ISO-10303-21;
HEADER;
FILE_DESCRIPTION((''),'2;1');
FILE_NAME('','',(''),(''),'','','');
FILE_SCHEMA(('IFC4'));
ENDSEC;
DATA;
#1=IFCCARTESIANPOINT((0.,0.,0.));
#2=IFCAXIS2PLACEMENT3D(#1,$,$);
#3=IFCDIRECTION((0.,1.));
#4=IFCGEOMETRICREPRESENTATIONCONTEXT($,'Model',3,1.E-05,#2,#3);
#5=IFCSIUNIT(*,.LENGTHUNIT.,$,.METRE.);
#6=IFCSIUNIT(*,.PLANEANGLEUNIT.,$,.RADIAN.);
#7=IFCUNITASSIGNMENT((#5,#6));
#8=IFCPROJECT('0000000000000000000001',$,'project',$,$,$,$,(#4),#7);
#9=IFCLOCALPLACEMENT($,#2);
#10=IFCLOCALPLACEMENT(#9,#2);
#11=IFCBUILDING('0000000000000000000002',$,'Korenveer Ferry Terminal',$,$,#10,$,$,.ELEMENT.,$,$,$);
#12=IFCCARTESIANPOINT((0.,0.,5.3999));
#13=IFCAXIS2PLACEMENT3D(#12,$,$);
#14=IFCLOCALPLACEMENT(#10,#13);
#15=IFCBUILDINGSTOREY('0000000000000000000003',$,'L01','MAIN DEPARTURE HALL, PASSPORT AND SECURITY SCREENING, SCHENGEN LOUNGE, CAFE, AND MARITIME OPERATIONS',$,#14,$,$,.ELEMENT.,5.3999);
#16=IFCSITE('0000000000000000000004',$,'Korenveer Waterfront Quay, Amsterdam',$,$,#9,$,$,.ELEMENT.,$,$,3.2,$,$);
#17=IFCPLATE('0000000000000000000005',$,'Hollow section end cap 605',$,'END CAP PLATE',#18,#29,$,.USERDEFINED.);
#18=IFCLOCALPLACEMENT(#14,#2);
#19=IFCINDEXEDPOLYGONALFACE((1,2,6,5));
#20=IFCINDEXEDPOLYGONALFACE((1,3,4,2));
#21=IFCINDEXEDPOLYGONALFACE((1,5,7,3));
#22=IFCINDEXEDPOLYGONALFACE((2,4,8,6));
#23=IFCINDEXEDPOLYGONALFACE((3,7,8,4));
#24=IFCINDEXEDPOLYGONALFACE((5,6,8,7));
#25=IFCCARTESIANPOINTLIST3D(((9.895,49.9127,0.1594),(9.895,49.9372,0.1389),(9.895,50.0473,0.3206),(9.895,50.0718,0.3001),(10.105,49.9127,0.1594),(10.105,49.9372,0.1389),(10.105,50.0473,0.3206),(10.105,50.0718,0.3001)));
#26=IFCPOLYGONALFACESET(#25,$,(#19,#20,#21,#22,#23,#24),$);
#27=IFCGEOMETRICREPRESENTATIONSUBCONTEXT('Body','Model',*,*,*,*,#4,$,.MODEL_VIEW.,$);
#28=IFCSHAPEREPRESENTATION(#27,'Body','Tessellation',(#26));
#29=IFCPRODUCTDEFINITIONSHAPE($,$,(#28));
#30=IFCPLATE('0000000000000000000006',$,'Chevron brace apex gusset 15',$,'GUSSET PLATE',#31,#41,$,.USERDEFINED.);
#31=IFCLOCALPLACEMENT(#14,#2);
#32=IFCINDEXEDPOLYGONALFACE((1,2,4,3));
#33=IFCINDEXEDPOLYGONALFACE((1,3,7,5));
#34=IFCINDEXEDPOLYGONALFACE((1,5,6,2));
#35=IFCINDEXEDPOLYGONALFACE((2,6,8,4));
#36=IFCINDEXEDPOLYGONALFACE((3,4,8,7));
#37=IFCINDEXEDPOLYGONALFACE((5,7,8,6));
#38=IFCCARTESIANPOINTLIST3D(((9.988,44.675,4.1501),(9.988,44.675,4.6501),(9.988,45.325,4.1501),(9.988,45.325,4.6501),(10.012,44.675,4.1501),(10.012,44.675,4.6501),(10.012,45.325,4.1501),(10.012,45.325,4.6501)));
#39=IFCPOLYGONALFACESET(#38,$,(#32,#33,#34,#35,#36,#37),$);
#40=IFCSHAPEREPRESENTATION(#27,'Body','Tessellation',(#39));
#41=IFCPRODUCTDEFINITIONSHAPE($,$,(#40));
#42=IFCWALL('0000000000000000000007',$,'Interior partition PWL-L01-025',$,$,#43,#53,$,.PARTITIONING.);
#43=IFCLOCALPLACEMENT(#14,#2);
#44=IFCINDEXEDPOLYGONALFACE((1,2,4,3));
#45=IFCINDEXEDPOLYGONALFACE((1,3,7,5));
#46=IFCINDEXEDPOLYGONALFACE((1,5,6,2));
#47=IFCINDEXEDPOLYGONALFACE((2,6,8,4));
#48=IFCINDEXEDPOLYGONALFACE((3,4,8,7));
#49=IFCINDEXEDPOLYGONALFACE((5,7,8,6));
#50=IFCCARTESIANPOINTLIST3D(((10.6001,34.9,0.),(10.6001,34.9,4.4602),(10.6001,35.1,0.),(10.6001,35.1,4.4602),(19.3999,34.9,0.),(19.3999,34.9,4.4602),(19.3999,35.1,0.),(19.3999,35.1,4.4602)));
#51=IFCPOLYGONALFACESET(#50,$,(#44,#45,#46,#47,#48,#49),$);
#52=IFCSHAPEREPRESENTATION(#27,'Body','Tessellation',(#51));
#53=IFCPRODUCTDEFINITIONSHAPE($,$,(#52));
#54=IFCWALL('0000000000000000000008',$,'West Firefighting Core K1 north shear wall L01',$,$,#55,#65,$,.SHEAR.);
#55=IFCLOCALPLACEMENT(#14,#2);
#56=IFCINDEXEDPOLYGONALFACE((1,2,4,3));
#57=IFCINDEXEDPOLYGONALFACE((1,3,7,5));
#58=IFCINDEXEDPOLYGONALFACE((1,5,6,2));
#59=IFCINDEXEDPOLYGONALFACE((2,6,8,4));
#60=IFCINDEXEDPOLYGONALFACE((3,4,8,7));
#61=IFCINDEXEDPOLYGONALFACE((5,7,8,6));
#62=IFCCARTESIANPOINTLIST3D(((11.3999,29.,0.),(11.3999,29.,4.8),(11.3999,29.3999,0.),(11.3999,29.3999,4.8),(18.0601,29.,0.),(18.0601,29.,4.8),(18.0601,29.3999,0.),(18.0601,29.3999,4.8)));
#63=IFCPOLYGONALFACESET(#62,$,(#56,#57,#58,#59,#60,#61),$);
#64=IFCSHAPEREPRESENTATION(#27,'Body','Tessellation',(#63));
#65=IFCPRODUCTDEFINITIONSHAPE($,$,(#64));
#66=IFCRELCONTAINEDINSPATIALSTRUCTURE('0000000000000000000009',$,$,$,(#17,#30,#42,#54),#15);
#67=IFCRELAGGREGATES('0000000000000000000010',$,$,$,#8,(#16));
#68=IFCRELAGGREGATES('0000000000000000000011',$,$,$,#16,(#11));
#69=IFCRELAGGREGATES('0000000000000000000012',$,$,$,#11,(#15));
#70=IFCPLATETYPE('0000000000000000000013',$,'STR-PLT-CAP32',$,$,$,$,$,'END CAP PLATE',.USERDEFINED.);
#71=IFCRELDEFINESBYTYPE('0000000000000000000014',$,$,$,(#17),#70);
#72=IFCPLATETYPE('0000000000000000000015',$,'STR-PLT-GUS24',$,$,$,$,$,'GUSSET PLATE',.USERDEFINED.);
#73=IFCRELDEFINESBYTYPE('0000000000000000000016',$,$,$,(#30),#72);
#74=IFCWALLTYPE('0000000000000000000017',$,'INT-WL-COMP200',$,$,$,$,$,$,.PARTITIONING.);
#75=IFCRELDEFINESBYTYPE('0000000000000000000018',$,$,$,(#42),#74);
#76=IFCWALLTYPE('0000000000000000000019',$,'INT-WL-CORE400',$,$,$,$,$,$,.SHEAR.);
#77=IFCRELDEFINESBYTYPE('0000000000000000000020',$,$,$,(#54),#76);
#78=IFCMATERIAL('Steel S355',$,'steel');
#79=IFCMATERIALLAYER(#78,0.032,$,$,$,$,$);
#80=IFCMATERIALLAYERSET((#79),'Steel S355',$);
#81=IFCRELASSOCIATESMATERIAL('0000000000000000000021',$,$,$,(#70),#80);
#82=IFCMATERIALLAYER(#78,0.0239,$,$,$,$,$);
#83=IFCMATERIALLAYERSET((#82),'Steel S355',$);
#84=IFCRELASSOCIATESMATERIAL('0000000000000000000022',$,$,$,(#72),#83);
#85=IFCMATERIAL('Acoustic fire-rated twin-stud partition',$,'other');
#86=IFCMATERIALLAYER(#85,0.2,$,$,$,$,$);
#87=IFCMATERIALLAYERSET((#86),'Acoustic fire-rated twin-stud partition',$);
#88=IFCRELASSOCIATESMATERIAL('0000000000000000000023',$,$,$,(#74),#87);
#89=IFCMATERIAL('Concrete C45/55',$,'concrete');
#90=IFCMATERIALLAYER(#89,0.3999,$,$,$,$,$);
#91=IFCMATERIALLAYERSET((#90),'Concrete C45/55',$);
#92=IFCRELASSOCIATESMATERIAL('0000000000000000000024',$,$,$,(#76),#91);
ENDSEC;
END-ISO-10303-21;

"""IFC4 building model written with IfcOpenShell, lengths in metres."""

from ifc_helpers import new_model, si_unit, direction, frame, frame_2d, origin, origin_2d, place, context, subcontext, project, spatial, rectangle, extrude, material, layer, layer_set, type_object, element, save


model = new_model("IFC4")

# Units and contexts
model_context = context("Model", 3, precision=1e-05, world=origin(), true_north=direction((0.0, 1.0)))
body_context = subcontext(model_context, "Body", "Model", "MODEL_VIEW")
ifc_project = project(units=[si_unit("LENGTHUNIT", "METRE"), si_unit("PLANEANGLEUNIT", "RADIAN")], contexts=[model_context])

# Site, building, storey
site_placement = place(None, origin())
site = spatial("IfcSite", under=ifc_project, at=site_placement, Name="Korenveer Waterfront Quay, Amsterdam", CompositionType="ELEMENT", RefElevation=3.2)
building_placement = place(site_placement, origin())
building = spatial("IfcBuilding", under=site, at=building_placement, Name="Korenveer Ferry Terminal", CompositionType="ELEMENT")
storey_placement = place(building_placement, frame((0.0, 0.0, 5.3999)))
storey = spatial("IfcBuildingStorey", under=building, at=storey_placement, Name="L01", Description="MAIN DEPARTURE HALL, PASSPORT AND SECURITY SCREENING, SCHENGEN LOUNGE, CAFE, AND MARITIME OPERATIONS", CompositionType="ELEMENT", Elevation=5.3999)

# Shared definitions
ifc_material_1 = material(Name="Concrete C45/55", Category="concrete")

# Shared definitions
ifc_material_2 = material(Name="Steel S355", Category="steel")

# Plates
ifc_layer_1 = layer(ifc_material_2, 0.032)
ifc_layer_set_1 = layer_set([ifc_layer_1], Name="Steel S355")
plate_type_1 = type_object("IfcPlateType", Name="STR-PLT-CAP32", ElementType="END CAP PLATE", PredefinedType="USERDEFINED", material=ifc_layer_set_1)
for number, where, z_axis, x_axis, name in (
    (1, (10.0, 49.98, 0.24), (0.0, 0.767463, -0.641093), (-1.0, 0.0, 0.0), "Hollow section end cap 605"),
):
    element("IfcPlate", number, at=place(storey_placement, frame(where, z_axis=z_axis, x_axis=x_axis)), inside=storey, type_object=plate_type_1, Name=name, ObjectType="END CAP PLATE", PredefinedType="USERDEFINED", context=body_context, shape_type="SweptSolid", body=[
        extrude(rectangle(XDim=0.21, YDim=0.21, at=origin_2d()), origin(), (0.0, 0.0, 1.0), 0.032),
    ])
ifc_layer_2 = layer(ifc_material_2, 0.0239)
ifc_layer_set_2 = layer_set([ifc_layer_2], Name="Steel S355")
plate_type_2 = type_object("IfcPlateType", Name="STR-PLT-GUS24", ElementType="GUSSET PLATE", PredefinedType="USERDEFINED", material=ifc_layer_set_2)
plate_placement = place(storey_placement, frame((10.0, 45.0, 4.1501), z_axis=(0.0, 0.0, 1.0), x_axis=(1.0, 0.0, 0.0)))
element("IfcPlate", 2, at=plate_placement, inside=storey, type_object=plate_type_2, Name="Chevron brace apex gusset 15", ObjectType="GUSSET PLATE", PredefinedType="USERDEFINED", context=body_context, shape_type="SweptSolid", body=[
    extrude(rectangle(XDim=0.0239, YDim=0.6499, at=origin_2d()), origin(), (0.0, 0.0, 1.0), 0.5),
])

# Walls
ifc_material_3 = material(Name="Acoustic fire-rated twin-stud partition", Category="other")
ifc_layer_3 = layer(ifc_material_3, 0.2)
ifc_layer_set_3 = layer_set([ifc_layer_3], Name="Acoustic fire-rated twin-stud partition")
wall_type_1 = type_object("IfcWallType", Name="INT-WL-COMP200", PredefinedType="PARTITIONING", material=ifc_layer_set_3)
wall_1_placement = place(storey_placement, frame((10.6001, 35.0, 0.0), z_axis=(0.0, 0.0, 1.0), x_axis=(1.0, 0.0, 0.0)))
element("IfcWall", 3, at=wall_1_placement, inside=storey, type_object=wall_type_1, Name="Interior partition PWL-L01-025", PredefinedType="PARTITIONING", context=body_context, shape_type="SweptSolid", body=[
    extrude(rectangle(XDim=8.7998, YDim=0.2, at=frame_2d((4.3999, 0.0))), origin(), (0.0, 0.0, 1.0), 4.4602),
])
ifc_layer_4 = layer(ifc_material_1, 0.3999)
ifc_layer_set_4 = layer_set([ifc_layer_4], Name="Concrete C45/55")
wall_type_2 = type_object("IfcWallType", Name="INT-WL-CORE400", PredefinedType="SHEAR", material=ifc_layer_set_4)
wall_2_placement = place(storey_placement, frame((11.3999, 29.2, 0.0), z_axis=(0.0, 0.0, 1.0), x_axis=(1.0, 0.0, 0.0)))
element("IfcWall", 4, at=wall_2_placement, inside=storey, type_object=wall_type_2, Name="West Firefighting Core K1 north shear wall L01", PredefinedType="SHEAR", context=body_context, shape_type="SweptSolid", body=[
    extrude(rectangle(XDim=6.6602, YDim=0.3999, at=frame_2d((3.3301, 0.0))), origin(), (0.0, 0.0, 1.0), 4.8),
])

save(model, "model.ifc")
